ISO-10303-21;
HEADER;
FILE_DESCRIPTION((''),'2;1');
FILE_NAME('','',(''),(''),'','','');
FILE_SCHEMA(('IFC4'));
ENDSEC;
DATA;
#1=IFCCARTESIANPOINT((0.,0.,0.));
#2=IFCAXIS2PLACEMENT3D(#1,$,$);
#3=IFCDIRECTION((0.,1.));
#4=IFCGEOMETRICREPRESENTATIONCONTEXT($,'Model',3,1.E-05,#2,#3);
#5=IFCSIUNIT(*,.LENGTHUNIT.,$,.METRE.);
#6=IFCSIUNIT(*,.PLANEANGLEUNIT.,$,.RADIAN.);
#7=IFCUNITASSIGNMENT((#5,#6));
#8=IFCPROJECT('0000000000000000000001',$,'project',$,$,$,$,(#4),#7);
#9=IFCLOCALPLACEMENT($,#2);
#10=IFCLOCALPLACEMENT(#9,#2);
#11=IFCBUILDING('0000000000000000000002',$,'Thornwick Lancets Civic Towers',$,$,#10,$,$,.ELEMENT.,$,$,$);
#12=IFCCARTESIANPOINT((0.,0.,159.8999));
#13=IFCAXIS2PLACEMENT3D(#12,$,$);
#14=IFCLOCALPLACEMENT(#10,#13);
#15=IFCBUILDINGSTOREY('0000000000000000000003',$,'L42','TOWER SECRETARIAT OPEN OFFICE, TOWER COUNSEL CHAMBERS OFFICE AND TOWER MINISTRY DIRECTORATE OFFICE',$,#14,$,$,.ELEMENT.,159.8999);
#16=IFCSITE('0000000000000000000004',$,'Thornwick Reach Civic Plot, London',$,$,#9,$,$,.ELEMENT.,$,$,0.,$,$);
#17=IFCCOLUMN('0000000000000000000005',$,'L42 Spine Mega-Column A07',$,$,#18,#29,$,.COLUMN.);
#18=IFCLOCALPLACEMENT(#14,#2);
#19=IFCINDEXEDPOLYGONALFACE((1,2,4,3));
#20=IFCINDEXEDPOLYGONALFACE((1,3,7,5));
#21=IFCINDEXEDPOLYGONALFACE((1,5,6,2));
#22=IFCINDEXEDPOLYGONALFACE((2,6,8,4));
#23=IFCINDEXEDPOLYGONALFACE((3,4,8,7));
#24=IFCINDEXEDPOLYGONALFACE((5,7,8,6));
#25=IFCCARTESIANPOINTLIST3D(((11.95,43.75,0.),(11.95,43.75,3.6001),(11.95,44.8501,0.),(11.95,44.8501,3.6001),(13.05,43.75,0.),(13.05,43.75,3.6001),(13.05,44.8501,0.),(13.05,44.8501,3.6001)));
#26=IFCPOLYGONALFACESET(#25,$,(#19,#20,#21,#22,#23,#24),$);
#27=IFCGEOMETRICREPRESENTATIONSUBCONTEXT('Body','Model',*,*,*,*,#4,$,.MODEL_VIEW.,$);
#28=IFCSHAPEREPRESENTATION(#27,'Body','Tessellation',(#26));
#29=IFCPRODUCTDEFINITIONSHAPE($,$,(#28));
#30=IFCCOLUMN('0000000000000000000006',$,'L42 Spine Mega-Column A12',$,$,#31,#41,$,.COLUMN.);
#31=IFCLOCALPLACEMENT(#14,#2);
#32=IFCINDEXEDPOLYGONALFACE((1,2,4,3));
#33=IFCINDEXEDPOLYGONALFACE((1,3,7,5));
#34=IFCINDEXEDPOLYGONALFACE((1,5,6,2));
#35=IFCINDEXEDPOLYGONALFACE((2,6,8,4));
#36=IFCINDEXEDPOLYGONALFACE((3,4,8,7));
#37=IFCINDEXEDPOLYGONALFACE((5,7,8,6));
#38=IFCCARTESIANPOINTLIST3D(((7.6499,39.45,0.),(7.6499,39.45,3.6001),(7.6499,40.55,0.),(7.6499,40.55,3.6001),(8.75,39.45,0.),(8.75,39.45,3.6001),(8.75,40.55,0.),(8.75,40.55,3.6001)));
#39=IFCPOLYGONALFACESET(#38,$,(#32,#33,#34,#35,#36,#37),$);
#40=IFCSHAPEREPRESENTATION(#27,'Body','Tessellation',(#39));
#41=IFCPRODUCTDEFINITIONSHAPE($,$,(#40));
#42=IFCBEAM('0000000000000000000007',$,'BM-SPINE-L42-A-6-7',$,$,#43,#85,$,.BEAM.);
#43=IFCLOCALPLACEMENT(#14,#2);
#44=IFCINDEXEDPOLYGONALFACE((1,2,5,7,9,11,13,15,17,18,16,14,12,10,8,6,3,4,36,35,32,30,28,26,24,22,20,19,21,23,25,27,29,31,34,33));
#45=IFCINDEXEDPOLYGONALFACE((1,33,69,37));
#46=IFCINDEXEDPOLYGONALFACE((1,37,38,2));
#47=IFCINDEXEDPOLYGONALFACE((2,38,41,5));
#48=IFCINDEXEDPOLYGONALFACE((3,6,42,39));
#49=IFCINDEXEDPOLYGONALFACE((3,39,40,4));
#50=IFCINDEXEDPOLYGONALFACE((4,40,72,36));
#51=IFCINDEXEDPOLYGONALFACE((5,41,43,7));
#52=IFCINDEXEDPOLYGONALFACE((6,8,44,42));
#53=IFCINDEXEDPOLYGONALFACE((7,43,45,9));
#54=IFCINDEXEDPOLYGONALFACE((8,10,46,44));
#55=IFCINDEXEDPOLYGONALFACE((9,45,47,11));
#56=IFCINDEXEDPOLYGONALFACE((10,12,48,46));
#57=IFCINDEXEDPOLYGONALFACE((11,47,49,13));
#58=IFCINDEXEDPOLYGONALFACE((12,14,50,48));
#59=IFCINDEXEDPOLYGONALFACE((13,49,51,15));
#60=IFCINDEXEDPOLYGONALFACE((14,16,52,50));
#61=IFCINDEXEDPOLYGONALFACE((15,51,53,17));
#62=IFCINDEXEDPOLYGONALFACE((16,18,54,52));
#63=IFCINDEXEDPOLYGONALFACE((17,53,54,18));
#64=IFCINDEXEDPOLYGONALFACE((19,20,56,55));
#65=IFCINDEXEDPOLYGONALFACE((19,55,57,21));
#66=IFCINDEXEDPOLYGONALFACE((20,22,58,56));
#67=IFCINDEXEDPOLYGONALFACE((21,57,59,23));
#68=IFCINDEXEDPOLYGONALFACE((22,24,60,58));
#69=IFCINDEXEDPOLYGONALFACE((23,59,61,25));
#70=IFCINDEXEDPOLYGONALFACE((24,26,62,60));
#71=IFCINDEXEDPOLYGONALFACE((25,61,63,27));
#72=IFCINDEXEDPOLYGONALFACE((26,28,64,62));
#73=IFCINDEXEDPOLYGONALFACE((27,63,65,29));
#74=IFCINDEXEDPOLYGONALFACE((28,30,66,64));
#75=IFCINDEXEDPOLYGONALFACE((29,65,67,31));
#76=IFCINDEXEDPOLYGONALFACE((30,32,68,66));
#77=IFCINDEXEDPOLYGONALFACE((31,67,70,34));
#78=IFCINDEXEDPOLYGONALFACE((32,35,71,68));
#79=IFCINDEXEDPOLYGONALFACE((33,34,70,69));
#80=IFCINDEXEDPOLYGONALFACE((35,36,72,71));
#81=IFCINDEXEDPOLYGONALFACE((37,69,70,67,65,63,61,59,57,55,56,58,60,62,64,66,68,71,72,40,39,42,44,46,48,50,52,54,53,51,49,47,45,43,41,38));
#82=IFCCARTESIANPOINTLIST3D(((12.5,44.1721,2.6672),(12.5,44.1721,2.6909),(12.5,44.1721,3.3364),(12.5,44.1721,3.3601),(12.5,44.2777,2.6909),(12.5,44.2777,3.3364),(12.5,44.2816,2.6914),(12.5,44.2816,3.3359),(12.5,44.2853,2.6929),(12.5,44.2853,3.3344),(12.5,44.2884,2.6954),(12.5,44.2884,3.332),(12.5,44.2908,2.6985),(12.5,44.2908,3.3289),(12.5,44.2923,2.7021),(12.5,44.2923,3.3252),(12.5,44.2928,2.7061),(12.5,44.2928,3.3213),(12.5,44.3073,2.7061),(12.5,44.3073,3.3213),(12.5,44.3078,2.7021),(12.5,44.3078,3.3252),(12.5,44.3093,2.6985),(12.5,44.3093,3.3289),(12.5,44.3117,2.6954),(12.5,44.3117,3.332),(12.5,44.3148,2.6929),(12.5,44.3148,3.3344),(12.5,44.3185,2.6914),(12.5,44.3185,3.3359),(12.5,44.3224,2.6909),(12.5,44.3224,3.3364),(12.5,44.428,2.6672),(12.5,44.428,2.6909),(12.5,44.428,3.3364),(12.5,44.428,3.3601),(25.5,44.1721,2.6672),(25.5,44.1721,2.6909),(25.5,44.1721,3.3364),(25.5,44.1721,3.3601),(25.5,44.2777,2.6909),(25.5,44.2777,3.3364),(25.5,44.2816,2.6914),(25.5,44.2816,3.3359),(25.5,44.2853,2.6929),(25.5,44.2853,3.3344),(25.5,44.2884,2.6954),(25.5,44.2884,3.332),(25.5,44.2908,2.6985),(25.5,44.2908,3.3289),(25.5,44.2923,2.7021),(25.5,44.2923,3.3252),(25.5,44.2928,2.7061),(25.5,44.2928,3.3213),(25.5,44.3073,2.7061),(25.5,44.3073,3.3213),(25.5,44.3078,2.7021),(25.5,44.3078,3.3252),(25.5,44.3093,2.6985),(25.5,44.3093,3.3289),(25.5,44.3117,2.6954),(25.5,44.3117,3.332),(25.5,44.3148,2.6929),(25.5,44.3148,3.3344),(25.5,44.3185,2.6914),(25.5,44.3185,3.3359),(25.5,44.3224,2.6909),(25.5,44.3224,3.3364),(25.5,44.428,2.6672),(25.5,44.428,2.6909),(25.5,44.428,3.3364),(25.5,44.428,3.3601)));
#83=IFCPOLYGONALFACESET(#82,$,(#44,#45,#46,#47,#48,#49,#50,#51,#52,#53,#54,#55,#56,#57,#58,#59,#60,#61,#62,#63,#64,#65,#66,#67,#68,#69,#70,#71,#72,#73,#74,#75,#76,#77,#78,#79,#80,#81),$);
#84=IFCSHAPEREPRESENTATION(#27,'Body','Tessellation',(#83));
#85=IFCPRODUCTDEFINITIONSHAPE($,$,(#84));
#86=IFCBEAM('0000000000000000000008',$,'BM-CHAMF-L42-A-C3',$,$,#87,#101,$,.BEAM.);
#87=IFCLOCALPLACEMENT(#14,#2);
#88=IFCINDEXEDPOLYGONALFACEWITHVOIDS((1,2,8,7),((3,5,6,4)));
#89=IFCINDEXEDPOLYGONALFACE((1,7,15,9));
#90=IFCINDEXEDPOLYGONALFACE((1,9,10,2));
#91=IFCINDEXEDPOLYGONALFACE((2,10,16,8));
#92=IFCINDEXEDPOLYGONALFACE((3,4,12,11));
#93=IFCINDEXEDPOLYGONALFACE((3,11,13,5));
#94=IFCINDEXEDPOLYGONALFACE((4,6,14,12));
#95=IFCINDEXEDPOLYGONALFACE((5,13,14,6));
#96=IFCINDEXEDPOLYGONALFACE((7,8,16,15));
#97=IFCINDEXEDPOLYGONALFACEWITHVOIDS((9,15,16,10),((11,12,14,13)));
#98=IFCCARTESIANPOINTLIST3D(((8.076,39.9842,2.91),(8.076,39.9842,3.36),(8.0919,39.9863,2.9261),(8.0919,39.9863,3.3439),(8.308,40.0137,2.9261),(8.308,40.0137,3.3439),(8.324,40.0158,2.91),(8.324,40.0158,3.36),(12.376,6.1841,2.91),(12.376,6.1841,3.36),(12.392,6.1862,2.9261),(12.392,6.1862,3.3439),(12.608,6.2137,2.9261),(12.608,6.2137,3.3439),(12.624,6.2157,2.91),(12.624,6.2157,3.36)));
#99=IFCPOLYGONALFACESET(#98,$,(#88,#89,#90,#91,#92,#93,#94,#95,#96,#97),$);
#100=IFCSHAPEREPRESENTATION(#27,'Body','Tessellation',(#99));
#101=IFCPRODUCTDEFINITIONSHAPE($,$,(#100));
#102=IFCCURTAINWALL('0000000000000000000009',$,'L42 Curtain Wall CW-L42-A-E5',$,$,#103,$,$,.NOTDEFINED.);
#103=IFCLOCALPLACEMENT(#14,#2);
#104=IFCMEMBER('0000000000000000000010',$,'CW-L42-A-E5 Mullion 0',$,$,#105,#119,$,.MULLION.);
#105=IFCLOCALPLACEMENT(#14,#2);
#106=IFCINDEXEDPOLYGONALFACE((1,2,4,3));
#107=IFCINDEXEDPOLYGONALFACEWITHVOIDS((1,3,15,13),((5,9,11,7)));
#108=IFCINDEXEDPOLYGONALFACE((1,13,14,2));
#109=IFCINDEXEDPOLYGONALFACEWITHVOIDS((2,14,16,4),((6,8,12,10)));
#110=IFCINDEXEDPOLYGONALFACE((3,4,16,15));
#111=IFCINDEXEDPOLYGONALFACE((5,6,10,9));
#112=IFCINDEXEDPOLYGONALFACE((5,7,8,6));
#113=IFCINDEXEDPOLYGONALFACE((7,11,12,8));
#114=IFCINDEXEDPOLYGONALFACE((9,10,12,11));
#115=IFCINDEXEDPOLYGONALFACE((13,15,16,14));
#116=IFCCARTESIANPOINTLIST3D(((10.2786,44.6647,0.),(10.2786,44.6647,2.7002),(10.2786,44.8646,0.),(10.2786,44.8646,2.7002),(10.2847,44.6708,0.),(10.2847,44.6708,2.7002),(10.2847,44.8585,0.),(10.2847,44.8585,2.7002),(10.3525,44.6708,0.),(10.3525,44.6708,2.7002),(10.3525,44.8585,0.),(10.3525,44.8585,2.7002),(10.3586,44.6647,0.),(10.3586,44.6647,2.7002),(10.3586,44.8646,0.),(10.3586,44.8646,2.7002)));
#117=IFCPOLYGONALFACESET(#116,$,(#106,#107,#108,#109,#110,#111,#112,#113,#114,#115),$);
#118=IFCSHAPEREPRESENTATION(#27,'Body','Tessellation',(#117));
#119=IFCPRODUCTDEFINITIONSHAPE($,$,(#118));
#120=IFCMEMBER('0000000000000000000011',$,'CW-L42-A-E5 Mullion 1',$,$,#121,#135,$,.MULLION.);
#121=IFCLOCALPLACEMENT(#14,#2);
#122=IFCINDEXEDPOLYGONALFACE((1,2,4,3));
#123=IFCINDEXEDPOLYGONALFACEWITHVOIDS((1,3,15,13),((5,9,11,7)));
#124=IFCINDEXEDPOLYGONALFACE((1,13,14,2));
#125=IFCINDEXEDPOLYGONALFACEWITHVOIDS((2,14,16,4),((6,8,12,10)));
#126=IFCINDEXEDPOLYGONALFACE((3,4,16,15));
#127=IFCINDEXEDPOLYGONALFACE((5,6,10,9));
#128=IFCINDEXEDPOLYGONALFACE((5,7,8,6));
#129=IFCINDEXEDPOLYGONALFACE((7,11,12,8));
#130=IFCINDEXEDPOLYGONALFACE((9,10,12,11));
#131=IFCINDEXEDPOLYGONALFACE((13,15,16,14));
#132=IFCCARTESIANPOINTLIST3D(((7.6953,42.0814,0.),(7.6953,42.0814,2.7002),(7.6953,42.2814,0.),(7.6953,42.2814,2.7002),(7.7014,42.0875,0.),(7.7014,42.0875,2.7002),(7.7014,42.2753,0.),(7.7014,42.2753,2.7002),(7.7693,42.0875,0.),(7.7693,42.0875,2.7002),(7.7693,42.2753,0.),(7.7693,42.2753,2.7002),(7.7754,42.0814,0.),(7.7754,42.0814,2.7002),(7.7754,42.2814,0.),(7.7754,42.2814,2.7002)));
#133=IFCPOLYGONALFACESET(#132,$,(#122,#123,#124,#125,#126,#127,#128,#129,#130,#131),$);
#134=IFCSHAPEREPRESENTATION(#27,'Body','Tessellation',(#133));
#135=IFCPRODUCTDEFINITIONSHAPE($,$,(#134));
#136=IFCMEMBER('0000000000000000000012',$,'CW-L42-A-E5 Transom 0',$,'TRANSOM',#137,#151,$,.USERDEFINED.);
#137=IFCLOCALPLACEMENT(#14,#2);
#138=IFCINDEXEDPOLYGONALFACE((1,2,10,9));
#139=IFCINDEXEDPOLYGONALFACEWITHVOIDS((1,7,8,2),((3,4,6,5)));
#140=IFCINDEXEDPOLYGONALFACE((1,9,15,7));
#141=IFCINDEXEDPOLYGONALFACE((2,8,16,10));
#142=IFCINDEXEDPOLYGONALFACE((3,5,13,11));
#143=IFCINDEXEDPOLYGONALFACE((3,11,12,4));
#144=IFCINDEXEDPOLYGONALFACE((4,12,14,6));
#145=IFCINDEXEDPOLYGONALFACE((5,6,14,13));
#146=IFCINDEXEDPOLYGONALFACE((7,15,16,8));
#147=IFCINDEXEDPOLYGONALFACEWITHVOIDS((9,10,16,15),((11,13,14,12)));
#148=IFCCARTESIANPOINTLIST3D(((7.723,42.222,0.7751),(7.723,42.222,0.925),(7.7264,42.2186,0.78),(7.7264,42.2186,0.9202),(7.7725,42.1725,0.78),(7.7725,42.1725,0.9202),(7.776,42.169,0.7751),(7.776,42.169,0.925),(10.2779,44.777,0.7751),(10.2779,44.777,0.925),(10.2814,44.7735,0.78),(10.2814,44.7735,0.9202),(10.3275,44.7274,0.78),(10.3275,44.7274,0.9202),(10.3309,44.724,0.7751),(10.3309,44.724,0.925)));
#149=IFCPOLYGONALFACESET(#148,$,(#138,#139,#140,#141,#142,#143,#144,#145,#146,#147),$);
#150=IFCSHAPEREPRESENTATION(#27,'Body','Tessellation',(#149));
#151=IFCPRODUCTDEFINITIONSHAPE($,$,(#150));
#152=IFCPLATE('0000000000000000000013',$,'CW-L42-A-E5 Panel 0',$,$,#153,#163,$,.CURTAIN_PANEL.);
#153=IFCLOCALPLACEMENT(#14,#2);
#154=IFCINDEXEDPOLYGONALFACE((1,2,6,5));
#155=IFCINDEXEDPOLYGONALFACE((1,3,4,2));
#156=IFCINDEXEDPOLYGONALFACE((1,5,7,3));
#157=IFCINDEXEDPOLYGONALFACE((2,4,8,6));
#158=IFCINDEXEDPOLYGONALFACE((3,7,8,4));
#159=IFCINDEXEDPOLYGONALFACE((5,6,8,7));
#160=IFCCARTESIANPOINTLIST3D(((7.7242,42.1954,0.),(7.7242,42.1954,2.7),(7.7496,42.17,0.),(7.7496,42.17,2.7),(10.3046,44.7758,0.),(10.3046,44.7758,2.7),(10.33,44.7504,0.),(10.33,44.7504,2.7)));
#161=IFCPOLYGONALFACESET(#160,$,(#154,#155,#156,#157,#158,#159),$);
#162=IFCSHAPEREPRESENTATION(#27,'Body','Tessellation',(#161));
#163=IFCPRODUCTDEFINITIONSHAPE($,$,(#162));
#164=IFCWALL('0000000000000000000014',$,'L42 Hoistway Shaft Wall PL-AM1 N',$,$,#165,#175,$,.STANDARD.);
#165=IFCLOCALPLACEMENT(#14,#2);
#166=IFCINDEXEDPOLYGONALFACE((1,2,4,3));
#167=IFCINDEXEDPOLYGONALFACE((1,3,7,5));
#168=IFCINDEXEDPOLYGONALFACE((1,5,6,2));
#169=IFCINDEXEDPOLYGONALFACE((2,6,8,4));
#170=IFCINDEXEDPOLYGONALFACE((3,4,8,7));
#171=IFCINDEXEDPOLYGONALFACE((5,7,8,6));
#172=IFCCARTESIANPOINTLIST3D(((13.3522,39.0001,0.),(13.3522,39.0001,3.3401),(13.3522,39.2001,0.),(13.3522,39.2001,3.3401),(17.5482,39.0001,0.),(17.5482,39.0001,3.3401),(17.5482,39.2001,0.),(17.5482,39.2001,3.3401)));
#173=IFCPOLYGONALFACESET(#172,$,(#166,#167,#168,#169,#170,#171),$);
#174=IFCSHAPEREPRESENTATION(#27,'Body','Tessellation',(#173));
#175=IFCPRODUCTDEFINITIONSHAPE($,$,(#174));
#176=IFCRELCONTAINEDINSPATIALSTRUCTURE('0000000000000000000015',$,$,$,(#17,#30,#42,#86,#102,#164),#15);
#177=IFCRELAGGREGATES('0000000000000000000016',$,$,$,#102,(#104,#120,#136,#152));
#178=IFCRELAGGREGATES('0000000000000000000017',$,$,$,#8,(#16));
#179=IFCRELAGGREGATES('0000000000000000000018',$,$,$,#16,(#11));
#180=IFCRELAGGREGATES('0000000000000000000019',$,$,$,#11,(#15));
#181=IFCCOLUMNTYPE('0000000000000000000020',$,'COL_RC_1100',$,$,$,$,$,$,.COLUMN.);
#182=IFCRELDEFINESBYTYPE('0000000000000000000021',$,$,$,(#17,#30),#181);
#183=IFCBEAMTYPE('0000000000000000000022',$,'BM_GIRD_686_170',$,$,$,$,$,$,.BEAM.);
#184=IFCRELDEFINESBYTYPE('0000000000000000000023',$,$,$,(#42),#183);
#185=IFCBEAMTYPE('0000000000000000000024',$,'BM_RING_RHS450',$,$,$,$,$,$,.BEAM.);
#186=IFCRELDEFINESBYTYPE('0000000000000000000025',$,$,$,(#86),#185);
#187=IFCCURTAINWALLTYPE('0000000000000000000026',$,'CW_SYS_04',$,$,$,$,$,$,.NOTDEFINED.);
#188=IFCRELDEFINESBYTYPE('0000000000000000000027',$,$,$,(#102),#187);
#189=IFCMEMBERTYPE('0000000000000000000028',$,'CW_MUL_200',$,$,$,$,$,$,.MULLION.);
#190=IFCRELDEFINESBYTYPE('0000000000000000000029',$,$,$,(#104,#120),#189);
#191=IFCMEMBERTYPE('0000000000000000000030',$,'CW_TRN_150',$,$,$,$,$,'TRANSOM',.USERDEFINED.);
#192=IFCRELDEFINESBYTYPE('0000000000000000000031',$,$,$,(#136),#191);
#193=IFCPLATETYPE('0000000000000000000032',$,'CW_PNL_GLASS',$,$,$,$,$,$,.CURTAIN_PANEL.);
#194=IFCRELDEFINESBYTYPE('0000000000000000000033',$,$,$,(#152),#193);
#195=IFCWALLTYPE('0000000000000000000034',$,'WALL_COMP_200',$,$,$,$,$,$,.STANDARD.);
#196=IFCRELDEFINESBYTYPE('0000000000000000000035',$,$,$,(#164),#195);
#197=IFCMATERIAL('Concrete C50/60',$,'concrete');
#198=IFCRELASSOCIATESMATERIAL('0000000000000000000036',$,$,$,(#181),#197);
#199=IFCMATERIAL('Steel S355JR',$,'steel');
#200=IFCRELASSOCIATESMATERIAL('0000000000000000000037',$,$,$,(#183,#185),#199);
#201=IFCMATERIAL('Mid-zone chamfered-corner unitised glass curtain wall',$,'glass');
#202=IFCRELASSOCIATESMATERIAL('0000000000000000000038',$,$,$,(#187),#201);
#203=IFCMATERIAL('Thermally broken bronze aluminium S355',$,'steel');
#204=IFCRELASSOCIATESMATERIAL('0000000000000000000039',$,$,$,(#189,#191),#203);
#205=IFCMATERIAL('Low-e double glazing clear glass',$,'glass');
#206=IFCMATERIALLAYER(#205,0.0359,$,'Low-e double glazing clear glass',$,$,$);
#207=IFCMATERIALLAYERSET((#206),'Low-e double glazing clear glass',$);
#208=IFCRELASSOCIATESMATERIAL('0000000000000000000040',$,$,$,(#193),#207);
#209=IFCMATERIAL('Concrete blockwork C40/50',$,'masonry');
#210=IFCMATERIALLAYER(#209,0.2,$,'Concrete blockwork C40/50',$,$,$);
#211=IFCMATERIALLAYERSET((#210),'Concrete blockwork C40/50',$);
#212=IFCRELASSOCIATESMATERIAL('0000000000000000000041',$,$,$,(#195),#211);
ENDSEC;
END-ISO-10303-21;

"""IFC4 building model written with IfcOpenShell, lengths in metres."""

from ifc_helpers import new_model, si_unit, direction, frame, frame_2d, origin, origin_2d, place, context, subcontext, project, spatial, rectangle, hollow_rectangle, i_section, extrude, material, layer, layer_set, material_profile, profile_set, type_object, element, aggregate, save


model = new_model("IFC4")

# Units and contexts
model_context = context("Model", 3, precision=1e-05, world=origin(), true_north=direction((0.0, 1.0)))
body_context = subcontext(model_context, "Body", "Model", "MODEL_VIEW")
ifc_project = project(units=[si_unit("LENGTHUNIT", "METRE"), si_unit("PLANEANGLEUNIT", "RADIAN")], contexts=[model_context])

# Site, building, storey
site_placement = place(None, origin())
site = spatial("IfcSite", under=ifc_project, at=site_placement, Name="Thornwick Reach Civic Plot, London", CompositionType="ELEMENT", RefElevation=0.0)
building_placement = place(site_placement, origin())
building = spatial("IfcBuilding", under=site, at=building_placement, Name="Thornwick Lancets Civic Towers", CompositionType="ELEMENT")
storey_placement = place(building_placement, frame((0.0, 0.0, 159.8999)))
storey = spatial("IfcBuildingStorey", under=building, at=storey_placement, Name="L42", Description="TOWER SECRETARIAT OPEN OFFICE, TOWER COUNSEL CHAMBERS OFFICE AND TOWER MINISTRY DIRECTORATE OFFICE", CompositionType="ELEMENT", Elevation=159.8999)

# Columns
ifc_material_1 = material(Name="Concrete C50/60", Category="concrete")
ifc_material_profile_1 = material_profile(ifc_material_1, rectangle(XDim=1.1001, YDim=1.1001, at=origin_2d()), Name="RC 1100x1100")
ifc_profile_set_1 = profile_set([ifc_material_profile_1], Name="Concrete C50/60")
column_type = type_object("IfcColumnType", Name="COL_RC_1100", PredefinedType="COLUMN", material=ifc_profile_set_1)
for number, where, z_axis, x_axis, name in (
    (1, (12.5, 44.3, 0.0), (0.0, 0.0, 1.0), (1.0, 0.0, 0.0), "L42 Spine Mega-Column A07"),
    (2, (8.2, 40.0, 0.0), (0.0, 0.0, 1.0), (1.0, 0.0, 0.0), "L42 Spine Mega-Column A12"),
):
    element("IfcColumn", number, at=place(storey_placement, frame(where, z_axis=z_axis, x_axis=x_axis)), inside=storey, type_object=column_type, Name=name, PredefinedType="COLUMN", context=body_context, shape_type="SweptSolid", body=[
        extrude(rectangle(XDim=1.1001, YDim=1.1001, at=origin_2d()), origin(), (0.0, 0.0, 1.0), 3.6001),
    ])

# Beams
ifc_material_2 = material(Name="Steel S355JR", Category="steel")
ifc_material_profile_2 = material_profile(ifc_material_2, i_section(OverallWidth=0.2559, OverallDepth=0.6929, WebThickness=0.0144, FlangeThickness=0.0237, FilletRadius=0.0151, at=origin_2d()), Name="UKB 686x254x170")
ifc_profile_set_2 = profile_set([ifc_material_profile_2], Name="Steel S355JR")
beam_type_1 = type_object("IfcBeamType", Name="BM_GIRD_686_170", PredefinedType="BEAM", material=ifc_profile_set_2)
beam_1_placement = place(storey_placement, frame((12.5, 44.3, 3.0137), z_axis=(1.0, 0.0, 0.0), x_axis=(0.0, 1.0, 0.0)))
element("IfcBeam", 3, at=beam_1_placement, inside=storey, type_object=beam_type_1, Name="BM-SPINE-L42-A-6-7", PredefinedType="BEAM", context=body_context, shape_type="SweptSolid", body=[
    extrude(i_section(OverallWidth=0.2559, OverallDepth=0.6929, WebThickness=0.0144, FlangeThickness=0.0237, FilletRadius=0.0151, at=origin_2d()), origin(), (0.0, 0.0, 1.0), 13.0),
])
ifc_material_profile_3 = material_profile(ifc_material_2, hollow_rectangle(XDim=0.25, YDim=0.45, WallThickness=0.0161, at=origin_2d()), Name="RHS 450x250x16")
ifc_profile_set_3 = profile_set([ifc_material_profile_3], Name="Steel S355JR")
beam_type_2 = type_object("IfcBeamType", Name="BM_RING_RHS450", PredefinedType="BEAM", material=ifc_profile_set_3)
beam_2_placement = place(storey_placement, frame((8.2, 40.0, 3.135), z_axis=(0.126203, -0.992004, 0.0), x_axis=(0.992004, 0.126203, 0.0)))
element("IfcBeam", 4, at=beam_2_placement, inside=storey, type_object=beam_type_2, Name="BM-CHAMF-L42-A-C3", PredefinedType="BEAM", context=body_context, shape_type="SweptSolid", body=[
    extrude(hollow_rectangle(XDim=0.25, YDim=0.45, WallThickness=0.0161, at=origin_2d()), origin(), (0.0, 0.0, 1.0), 34.0725),
])

# Curtain wall, members, plate
ifc_material_3 = material(Name="Mid-zone chamfered-corner unitised glass curtain wall", Category="glass")
curtain_wall_type = type_object("IfcCurtainWallType", Name="CW_SYS_04", PredefinedType="NOTDEFINED", material=ifc_material_3)
curtain_wall_placement = place(storey_placement, origin())
curtain_wall = element("IfcCurtainWall", 5, at=curtain_wall_placement, inside=storey, type_object=curtain_wall_type, Name="L42 Curtain Wall CW-L42-A-E5", PredefinedType="NOTDEFINED")
ifc_material_4 = material(Name="Thermally broken bronze aluminium S355", Category="steel")
ifc_material_profile_4 = material_profile(ifc_material_4, hollow_rectangle(XDim=0.0801, YDim=0.2, WallThickness=0.0061, at=origin_2d()), Name="RHS 200x80x6")
ifc_profile_set_4 = profile_set([ifc_material_profile_4], Name="Thermally broken bronze aluminium S355")
member_type_1 = type_object("IfcMemberType", Name="CW_MUL_200", PredefinedType="MULLION", material=ifc_profile_set_4)
member_1_placement = place(storey_placement, frame((10.3186, 44.7646, 0.0), z_axis=(0.0, 0.0, 1.0), x_axis=(1.0, 0.0, 0.0)))
member_1 = element("IfcMember", 6, at=member_1_placement, type_object=member_type_1, Name="CW-L42-A-E5 Mullion 0", PredefinedType="MULLION", context=body_context, shape_type="SweptSolid", body=[
    extrude(hollow_rectangle(XDim=0.0801, YDim=0.2, WallThickness=0.0061, at=origin_2d()), origin(), (0.0, 0.0, 1.0), 2.7002),
])
member_2_placement = place(storey_placement, frame((7.7354, 42.1814, 0.0), z_axis=(0.0, 0.0, 1.0), x_axis=(1.0, 0.0, 0.0)))
member_2 = element("IfcMember", 7, at=member_2_placement, type_object=member_type_1, Name="CW-L42-A-E5 Mullion 1", PredefinedType="MULLION", context=body_context, shape_type="SweptSolid", body=[
    extrude(hollow_rectangle(XDim=0.0801, YDim=0.2, WallThickness=0.0061, at=origin_2d()), origin(), (0.0, 0.0, 1.0), 2.7002),
])
ifc_material_profile_5 = material_profile(ifc_material_4, hollow_rectangle(XDim=0.075, YDim=0.1499, WallThickness=0.0049, at=origin_2d()), Name="RHS 150x75x5")
ifc_profile_set_5 = profile_set([ifc_material_profile_5], Name="Thermally broken bronze aluminium S355")
member_type_2 = type_object("IfcMemberType", Name="CW_TRN_150", ElementType="TRANSOM", PredefinedType="USERDEFINED", material=ifc_profile_set_5)
member_3_placement = place(storey_placement, frame((10.3044, 44.7505, 0.8501), z_axis=(-0.707107, -0.707107, 0.0), x_axis=(0.707107, -0.707107, 0.0)))
member_3 = element("IfcMember", 8, at=member_3_placement, type_object=member_type_2, Name="CW-L42-A-E5 Transom 0", ObjectType="TRANSOM", PredefinedType="USERDEFINED", context=body_context, shape_type="SweptSolid", body=[
    extrude(hollow_rectangle(XDim=0.075, YDim=0.1499, WallThickness=0.0049, at=origin_2d()), origin(), (0.0, 0.0, 1.0), 3.6133),
])
ifc_material_5 = material(Name="Low-e double glazing clear glass", Category="glass")
ifc_layer_1 = layer(ifc_material_5, 0.0359, Name="Low-e double glazing clear glass")
ifc_layer_set_1 = layer_set([ifc_layer_1], Name="Low-e double glazing clear glass")
plate_type = type_object("IfcPlateType", Name="CW_PNL_GLASS", PredefinedType="CURTAIN_PANEL", material=ifc_layer_set_1)
plate_placement = place(storey_placement, frame((9.0271, 43.4729, 0.0), z_axis=(0.0, 0.0, 1.0), x_axis=(-0.707107, -0.707107, 0.0)))
plate = element("IfcPlate", 9, at=plate_placement, type_object=plate_type, Name="CW-L42-A-E5 Panel 0", PredefinedType="CURTAIN_PANEL", context=body_context, shape_type="SweptSolid", body=[
    extrude(rectangle(XDim=3.6492, YDim=0.0359, at=origin_2d()), origin(), (0.0, 0.0, 1.0), 2.7),
])
aggregate(curtain_wall, [member_1, member_2, member_3, plate])

# Wall
ifc_material_6 = material(Name="Concrete blockwork C40/50", Category="masonry")
ifc_layer_2 = layer(ifc_material_6, 0.2, Name="Concrete blockwork C40/50")
ifc_layer_set_2 = layer_set([ifc_layer_2], Name="Concrete blockwork C40/50")
wall_type_1 = type_object("IfcWallType", Name="WALL_COMP_200", PredefinedType="STANDARD", material=ifc_layer_set_2)
wall_1_placement = place(storey_placement, frame((13.3521, 39.1001, 0.0), z_axis=(0.0, 0.0, 1.0), x_axis=(1.0, 0.0, 0.0)))
element("IfcWall", 10, at=wall_1_placement, inside=storey, type_object=wall_type_1, Name="L42 Hoistway Shaft Wall PL-AM1 N", PredefinedType="STANDARD", context=body_context, shape_type="SweptSolid", body=[
    extrude(rectangle(XDim=4.196, YDim=0.2, at=frame_2d((2.0981, 0.0))), origin(), (0.0, 0.0, 1.0), 3.3401),
])

save(model, "model.ifc")
